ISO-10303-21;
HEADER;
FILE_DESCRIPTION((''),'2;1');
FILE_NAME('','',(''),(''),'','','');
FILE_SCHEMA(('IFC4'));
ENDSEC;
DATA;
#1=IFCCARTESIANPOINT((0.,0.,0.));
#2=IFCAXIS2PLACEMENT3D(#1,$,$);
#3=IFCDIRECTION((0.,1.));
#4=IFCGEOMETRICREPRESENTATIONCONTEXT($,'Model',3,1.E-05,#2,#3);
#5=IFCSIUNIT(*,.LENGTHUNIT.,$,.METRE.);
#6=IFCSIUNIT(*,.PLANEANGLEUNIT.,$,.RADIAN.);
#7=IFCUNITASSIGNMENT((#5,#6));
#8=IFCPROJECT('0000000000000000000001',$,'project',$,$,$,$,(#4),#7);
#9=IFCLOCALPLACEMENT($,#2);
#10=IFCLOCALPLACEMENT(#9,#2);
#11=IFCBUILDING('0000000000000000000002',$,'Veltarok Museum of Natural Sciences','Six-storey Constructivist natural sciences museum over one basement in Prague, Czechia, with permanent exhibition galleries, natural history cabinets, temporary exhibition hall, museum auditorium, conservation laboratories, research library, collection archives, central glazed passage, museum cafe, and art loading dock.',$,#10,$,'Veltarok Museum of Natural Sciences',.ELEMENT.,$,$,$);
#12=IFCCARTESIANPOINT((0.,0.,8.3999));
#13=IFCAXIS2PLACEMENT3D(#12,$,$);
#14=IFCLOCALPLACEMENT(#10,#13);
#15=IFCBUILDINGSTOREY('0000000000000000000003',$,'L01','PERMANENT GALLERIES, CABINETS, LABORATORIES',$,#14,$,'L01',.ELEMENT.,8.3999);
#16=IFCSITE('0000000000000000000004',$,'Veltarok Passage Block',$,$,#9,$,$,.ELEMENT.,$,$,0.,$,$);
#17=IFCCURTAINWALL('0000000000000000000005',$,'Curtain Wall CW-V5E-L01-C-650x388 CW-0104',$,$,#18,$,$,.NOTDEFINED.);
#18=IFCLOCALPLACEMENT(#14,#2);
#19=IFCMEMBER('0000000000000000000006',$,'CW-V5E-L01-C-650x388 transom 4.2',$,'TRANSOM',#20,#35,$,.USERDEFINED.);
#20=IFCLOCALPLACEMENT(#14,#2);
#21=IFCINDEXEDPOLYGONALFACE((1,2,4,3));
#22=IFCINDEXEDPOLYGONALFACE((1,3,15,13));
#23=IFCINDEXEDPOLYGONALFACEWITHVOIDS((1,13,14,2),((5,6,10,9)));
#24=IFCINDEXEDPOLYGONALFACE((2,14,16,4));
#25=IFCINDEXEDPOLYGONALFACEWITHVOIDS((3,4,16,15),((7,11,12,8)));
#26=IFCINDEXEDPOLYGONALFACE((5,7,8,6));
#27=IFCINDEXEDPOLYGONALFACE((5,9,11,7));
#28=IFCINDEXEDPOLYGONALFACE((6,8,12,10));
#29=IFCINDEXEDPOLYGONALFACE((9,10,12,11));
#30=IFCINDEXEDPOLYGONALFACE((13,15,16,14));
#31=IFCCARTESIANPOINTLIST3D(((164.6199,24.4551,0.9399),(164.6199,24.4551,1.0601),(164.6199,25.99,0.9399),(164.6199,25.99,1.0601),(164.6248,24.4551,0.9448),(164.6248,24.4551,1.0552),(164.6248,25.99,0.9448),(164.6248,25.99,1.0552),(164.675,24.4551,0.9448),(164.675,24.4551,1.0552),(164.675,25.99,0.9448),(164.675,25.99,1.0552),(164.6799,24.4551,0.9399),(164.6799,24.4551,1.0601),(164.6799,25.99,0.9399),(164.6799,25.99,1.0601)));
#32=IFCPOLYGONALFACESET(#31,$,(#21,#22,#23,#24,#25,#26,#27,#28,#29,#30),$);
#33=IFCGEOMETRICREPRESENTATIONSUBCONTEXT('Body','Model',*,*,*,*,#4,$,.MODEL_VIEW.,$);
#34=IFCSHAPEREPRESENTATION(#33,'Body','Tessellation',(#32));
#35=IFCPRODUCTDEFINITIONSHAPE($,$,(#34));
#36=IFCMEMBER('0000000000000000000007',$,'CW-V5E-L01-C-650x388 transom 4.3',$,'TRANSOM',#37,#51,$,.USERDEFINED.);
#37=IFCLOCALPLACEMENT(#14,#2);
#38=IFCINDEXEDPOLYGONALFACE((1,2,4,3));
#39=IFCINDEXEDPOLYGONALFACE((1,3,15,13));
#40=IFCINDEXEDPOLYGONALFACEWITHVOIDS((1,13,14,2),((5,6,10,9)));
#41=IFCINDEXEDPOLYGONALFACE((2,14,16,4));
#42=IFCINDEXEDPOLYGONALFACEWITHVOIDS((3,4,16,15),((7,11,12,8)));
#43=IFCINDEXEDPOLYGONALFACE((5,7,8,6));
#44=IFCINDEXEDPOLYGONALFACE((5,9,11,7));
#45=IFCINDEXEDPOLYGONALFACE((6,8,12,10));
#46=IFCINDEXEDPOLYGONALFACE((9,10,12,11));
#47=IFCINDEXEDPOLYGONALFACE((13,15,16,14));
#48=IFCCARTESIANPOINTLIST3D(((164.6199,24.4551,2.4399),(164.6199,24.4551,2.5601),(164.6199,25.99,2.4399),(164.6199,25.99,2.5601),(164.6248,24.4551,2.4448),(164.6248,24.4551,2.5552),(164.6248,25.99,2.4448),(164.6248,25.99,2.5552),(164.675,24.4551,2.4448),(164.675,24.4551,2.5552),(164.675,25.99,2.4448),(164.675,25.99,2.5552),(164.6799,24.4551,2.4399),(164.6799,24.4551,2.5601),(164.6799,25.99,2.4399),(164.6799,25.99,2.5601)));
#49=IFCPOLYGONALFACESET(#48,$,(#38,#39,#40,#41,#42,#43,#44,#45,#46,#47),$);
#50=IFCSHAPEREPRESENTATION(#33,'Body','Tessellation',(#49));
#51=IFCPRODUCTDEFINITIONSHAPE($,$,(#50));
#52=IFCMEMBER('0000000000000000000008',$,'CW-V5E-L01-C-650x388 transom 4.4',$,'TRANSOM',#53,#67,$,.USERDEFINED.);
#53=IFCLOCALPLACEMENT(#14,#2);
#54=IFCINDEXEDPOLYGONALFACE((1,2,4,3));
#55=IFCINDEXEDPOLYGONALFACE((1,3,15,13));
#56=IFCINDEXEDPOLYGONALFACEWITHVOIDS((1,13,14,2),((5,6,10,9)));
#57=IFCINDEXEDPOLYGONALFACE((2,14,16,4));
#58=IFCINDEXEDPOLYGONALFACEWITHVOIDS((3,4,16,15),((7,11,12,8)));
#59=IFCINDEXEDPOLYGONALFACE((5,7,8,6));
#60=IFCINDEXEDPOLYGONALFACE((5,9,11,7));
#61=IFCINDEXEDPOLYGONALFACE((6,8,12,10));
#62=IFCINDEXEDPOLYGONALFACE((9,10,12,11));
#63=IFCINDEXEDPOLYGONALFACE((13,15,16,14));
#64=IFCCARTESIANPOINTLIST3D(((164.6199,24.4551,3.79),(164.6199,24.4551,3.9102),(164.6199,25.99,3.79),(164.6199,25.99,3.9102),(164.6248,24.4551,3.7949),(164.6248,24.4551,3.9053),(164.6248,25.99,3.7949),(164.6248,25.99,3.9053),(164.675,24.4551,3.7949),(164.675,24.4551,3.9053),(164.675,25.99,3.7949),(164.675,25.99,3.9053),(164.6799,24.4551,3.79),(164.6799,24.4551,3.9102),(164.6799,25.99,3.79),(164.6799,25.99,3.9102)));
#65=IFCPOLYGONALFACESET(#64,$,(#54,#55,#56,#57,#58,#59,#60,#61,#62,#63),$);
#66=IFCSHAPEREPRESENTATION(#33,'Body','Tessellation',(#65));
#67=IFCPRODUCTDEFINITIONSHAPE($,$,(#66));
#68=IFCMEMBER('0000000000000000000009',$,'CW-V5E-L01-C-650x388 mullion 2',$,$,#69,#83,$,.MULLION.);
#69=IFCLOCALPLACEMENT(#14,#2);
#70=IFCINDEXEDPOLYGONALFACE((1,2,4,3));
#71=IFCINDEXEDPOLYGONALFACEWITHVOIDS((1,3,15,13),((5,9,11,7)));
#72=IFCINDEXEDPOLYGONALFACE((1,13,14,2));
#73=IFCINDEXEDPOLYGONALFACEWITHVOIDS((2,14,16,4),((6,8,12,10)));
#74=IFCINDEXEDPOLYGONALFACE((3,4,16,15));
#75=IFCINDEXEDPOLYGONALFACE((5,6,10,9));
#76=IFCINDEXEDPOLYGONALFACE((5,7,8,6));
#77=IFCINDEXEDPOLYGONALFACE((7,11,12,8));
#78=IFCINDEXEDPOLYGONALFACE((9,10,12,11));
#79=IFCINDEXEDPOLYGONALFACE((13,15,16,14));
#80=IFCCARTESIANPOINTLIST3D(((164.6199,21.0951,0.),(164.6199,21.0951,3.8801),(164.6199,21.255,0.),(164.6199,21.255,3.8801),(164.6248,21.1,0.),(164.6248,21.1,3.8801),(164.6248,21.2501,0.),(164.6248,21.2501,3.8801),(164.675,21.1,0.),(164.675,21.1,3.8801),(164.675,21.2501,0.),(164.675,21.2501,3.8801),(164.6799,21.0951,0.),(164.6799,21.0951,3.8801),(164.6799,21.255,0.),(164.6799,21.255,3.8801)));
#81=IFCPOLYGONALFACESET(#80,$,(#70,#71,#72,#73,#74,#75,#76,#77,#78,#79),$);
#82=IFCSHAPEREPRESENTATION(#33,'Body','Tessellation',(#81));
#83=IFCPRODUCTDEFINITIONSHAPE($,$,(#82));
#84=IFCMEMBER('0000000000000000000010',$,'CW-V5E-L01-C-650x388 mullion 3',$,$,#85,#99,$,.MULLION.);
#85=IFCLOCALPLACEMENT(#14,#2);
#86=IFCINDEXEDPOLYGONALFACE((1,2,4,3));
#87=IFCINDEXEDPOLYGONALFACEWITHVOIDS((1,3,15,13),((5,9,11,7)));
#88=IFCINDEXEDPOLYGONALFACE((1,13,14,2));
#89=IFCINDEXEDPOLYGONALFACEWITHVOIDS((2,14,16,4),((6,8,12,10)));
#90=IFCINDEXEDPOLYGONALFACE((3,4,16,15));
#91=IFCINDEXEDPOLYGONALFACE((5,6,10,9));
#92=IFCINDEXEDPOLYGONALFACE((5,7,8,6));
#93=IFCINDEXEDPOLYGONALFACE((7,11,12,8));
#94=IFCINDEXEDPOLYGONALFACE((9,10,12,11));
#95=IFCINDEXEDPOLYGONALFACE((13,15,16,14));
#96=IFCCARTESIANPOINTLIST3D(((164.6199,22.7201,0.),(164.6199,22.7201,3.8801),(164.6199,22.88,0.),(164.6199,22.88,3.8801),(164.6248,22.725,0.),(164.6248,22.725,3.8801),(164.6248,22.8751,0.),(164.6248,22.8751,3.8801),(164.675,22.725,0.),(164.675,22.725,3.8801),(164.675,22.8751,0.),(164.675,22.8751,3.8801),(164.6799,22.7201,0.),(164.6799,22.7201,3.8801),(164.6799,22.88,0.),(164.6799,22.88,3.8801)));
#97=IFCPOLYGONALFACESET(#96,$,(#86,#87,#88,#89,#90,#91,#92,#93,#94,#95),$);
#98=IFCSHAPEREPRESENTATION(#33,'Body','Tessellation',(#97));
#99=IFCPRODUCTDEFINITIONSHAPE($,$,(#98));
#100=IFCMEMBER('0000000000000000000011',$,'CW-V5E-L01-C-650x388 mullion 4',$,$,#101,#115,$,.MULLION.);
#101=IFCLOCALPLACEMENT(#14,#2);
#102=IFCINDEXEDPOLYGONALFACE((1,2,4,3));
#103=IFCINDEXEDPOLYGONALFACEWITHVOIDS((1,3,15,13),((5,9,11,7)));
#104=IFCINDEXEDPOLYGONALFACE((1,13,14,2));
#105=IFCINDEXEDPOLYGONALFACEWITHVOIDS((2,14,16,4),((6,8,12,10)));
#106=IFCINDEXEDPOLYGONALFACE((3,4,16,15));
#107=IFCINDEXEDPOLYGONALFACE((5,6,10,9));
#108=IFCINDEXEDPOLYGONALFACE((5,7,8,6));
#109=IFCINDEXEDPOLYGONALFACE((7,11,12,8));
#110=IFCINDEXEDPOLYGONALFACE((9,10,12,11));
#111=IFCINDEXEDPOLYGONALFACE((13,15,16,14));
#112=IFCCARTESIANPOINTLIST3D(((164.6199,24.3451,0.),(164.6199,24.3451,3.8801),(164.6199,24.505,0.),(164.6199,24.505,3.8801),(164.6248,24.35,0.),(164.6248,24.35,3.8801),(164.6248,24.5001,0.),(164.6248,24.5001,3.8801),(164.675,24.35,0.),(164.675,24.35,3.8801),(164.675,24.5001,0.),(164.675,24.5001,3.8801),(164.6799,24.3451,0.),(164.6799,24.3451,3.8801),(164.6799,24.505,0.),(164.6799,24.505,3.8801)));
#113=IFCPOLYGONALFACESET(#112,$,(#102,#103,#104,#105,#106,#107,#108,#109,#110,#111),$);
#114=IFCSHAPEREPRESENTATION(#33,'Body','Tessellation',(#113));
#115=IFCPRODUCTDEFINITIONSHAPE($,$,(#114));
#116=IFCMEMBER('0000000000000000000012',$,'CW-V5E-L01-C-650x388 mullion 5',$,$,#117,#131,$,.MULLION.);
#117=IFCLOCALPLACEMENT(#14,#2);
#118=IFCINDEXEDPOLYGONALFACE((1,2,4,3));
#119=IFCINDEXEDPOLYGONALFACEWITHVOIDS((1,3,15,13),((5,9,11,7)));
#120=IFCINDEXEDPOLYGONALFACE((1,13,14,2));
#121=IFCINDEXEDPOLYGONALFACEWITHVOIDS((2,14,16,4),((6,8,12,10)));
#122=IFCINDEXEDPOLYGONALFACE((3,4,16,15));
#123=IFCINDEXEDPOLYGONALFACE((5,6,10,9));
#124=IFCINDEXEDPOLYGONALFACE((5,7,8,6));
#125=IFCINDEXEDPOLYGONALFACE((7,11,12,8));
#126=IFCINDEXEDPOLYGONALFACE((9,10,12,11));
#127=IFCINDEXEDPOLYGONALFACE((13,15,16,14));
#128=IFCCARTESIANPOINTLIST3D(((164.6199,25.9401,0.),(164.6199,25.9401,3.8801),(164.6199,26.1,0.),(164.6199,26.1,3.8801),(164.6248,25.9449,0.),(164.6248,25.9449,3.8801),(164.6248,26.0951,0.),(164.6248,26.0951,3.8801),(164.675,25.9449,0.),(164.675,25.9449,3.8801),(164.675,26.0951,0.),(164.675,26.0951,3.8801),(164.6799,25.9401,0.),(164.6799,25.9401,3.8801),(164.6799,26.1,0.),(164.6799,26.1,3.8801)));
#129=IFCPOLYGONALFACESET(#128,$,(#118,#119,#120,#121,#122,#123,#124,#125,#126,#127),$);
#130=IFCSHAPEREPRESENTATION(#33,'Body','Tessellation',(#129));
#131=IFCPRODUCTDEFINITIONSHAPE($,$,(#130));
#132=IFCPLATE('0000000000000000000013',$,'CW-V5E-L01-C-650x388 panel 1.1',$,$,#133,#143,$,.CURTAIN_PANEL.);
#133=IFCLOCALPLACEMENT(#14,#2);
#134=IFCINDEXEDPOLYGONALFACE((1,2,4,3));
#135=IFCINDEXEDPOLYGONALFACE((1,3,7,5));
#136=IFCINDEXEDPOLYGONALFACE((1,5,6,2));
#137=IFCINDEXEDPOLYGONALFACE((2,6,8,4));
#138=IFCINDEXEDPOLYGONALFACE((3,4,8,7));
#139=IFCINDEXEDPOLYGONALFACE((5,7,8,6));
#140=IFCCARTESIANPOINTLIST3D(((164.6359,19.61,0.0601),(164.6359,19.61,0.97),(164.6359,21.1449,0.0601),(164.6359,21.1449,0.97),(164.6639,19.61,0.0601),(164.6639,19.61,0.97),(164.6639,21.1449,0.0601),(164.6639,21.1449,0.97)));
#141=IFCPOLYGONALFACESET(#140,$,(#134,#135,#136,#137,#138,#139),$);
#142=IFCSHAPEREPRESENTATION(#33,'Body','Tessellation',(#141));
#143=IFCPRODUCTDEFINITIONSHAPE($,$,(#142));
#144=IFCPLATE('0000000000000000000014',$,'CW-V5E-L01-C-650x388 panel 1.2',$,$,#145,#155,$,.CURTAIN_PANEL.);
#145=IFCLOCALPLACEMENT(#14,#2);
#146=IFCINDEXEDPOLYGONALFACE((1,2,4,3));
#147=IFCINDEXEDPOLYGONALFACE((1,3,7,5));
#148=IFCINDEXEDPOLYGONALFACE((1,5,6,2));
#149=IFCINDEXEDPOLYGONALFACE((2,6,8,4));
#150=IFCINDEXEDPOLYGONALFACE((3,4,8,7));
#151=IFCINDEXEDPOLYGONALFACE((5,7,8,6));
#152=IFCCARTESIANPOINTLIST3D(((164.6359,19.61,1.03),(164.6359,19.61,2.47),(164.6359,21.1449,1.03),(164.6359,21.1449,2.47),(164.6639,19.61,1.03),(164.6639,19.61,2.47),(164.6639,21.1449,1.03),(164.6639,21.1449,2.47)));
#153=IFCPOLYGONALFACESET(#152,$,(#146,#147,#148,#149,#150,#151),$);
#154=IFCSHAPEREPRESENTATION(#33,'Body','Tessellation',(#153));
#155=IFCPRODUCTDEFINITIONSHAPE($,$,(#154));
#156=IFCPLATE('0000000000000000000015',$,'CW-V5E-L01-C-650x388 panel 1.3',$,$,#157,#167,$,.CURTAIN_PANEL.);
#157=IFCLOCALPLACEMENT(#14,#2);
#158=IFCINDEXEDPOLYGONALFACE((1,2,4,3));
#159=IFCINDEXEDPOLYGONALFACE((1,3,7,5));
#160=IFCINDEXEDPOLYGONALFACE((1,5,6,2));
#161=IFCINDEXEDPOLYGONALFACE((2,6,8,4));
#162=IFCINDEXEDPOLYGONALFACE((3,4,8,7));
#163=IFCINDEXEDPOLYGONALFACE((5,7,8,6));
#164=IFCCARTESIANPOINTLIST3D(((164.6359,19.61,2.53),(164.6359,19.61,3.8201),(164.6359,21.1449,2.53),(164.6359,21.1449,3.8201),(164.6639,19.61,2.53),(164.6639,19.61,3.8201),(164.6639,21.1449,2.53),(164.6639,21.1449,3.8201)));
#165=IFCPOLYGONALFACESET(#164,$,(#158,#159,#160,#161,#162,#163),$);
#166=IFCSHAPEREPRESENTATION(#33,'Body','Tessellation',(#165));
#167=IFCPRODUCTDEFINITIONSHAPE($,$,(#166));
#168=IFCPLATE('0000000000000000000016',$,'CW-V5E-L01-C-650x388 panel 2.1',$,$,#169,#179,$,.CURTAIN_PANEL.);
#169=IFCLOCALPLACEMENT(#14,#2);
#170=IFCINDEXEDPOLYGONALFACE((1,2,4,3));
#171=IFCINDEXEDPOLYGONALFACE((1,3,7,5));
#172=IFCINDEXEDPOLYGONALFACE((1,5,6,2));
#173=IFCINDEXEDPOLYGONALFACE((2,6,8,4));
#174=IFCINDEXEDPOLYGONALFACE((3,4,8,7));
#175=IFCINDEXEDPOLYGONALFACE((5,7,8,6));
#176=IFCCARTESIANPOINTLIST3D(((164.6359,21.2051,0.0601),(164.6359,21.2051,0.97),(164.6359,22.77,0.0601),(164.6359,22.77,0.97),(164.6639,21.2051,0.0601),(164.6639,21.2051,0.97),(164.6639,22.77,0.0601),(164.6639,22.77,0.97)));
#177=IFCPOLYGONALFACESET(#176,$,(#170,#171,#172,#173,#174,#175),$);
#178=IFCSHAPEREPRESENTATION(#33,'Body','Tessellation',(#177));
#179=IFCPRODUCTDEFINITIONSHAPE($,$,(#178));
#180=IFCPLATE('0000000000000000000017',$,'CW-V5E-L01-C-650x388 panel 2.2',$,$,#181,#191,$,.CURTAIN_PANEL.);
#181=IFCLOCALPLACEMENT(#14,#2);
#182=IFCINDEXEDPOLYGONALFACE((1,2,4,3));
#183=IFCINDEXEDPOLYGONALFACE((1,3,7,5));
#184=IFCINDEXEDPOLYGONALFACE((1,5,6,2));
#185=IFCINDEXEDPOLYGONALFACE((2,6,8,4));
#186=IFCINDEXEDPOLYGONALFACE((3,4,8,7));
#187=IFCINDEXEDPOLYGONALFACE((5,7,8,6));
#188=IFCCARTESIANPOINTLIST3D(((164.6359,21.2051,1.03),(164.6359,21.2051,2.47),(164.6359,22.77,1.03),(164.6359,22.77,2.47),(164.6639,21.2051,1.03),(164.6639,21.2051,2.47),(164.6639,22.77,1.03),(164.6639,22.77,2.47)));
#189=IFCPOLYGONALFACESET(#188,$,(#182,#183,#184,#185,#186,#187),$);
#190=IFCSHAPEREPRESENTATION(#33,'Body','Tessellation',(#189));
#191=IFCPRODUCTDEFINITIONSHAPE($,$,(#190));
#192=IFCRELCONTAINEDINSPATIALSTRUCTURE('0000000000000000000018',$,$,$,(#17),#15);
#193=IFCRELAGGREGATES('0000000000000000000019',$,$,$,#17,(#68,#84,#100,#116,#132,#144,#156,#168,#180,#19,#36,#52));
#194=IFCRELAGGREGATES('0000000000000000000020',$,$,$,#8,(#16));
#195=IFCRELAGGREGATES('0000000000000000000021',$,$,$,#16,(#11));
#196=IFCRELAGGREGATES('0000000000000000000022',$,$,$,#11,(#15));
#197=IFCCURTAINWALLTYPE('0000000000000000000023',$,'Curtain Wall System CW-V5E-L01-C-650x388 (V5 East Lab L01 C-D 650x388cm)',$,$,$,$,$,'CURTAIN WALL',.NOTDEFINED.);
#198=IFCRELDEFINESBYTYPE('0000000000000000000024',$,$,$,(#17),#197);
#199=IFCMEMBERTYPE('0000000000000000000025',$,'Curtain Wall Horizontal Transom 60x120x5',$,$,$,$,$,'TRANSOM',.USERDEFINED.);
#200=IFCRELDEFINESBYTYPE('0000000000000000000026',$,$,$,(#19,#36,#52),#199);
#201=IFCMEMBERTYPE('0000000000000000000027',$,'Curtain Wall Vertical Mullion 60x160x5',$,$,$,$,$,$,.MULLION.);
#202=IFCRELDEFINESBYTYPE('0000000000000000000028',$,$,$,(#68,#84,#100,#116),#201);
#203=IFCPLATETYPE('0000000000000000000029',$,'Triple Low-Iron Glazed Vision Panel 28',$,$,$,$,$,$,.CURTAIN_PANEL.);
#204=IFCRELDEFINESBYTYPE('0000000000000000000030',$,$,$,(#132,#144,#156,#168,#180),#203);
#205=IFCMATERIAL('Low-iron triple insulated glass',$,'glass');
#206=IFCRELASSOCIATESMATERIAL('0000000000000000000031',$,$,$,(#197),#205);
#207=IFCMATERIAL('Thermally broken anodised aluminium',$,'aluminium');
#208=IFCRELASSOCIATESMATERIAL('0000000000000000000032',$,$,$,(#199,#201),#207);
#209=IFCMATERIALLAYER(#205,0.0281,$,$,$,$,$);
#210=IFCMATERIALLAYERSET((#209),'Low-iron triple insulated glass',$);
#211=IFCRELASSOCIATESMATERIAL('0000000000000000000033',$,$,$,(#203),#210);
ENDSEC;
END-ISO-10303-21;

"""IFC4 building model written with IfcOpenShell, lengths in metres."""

from ifc_helpers import new_model, si_unit, direction, frame, origin, origin_2d, place, context, subcontext, project, spatial, rectangle, hollow_rectangle, extrude, material, layer, layer_set, material_profile, profile_set, type_object, element, aggregate, save


model = new_model("IFC4")

# Units and contexts
model_context = context("Model", 3, precision=1e-05, world=origin(), true_north=direction((0.0, 1.0)))
body_context = subcontext(model_context, "Body", "Model", "MODEL_VIEW")
ifc_project = project(units=[si_unit("LENGTHUNIT", "METRE"), si_unit("PLANEANGLEUNIT", "RADIAN")], contexts=[model_context])

# Site, building, storey
site_placement = place(None, origin())
site = spatial("IfcSite", under=ifc_project, at=site_placement, Name="Veltarok Passage Block", CompositionType="ELEMENT", RefElevation=0.0)
building_placement = place(site_placement, origin())
building = spatial("IfcBuilding", under=site, at=building_placement, Name="Veltarok Museum of Natural Sciences", Description="Six-storey Constructivist natural sciences museum over one basement in Prague, Czechia, with permanent exhibition galleries, natural history cabinets, temporary exhibition hall, museum auditorium, conservation laboratories, research library, collection archives, central glazed passage, museum cafe, and art loading dock.", LongName="Veltarok Museum of Natural Sciences", CompositionType="ELEMENT")
storey_placement = place(building_placement, frame((0.0, 0.0, 8.3999)))
storey = spatial("IfcBuildingStorey", under=building, at=storey_placement, Name="L01", Description="PERMANENT GALLERIES, CABINETS, LABORATORIES", LongName="L01", CompositionType="ELEMENT", Elevation=8.3999)

# Curtain wall, members, plates
ifc_material_1 = material(Name="Low-iron triple insulated glass", Category="glass")
curtain_wall_type = type_object("IfcCurtainWallType", Name="Curtain Wall System CW-V5E-L01-C-650x388 (V5 East Lab L01 C-D 650x388cm)", ElementType="CURTAIN WALL", PredefinedType="NOTDEFINED", material=ifc_material_1)
curtain_wall_placement = place(storey_placement, origin())
curtain_wall = element("IfcCurtainWall", 1, at=curtain_wall_placement, inside=storey, type_object=curtain_wall_type, Name="Curtain Wall CW-V5E-L01-C-650x388 CW-0104", PredefinedType="NOTDEFINED")
ifc_material_2 = material(Name="Thermally broken anodised aluminium", Category="aluminium")
ifc_material_profile_1 = material_profile(ifc_material_2, hollow_rectangle(XDim=0.0601, YDim=0.1201, WallThickness=0.0049, at=origin_2d()), Name="CW TRANSOM 60x120x5")
ifc_profile_set_1 = profile_set([ifc_material_profile_1], Name="Thermally broken anodised aluminium")
member_type_1 = type_object("IfcMemberType", Name="Curtain Wall Horizontal Transom 60x120x5", ElementType="TRANSOM", PredefinedType="USERDEFINED", material=ifc_profile_set_1)
member_1_placement = place(storey_placement, frame((164.6499, 24.4551, 1.0), z_axis=(0.0, 1.0, 0.0), x_axis=(-1.0, 0.0, 0.0)))
member_1 = element("IfcMember", 2, at=member_1_placement, type_object=member_type_1, Name="CW-V5E-L01-C-650x388 transom 4.2", ObjectType="TRANSOM", PredefinedType="USERDEFINED", context=body_context, shape_type="SweptSolid", body=[
    extrude(hollow_rectangle(XDim=0.0601, YDim=0.1201, WallThickness=0.0049, at=origin_2d()), origin(), (0.0, 0.0, 1.0), 1.5349),
])
member_2_placement = place(storey_placement, frame((164.6499, 24.4551, 2.5), z_axis=(0.0, 1.0, 0.0), x_axis=(-1.0, 0.0, 0.0)))
member_2 = element("IfcMember", 3, at=member_2_placement, type_object=member_type_1, Name="CW-V5E-L01-C-650x388 transom 4.3", ObjectType="TRANSOM", PredefinedType="USERDEFINED", context=body_context, shape_type="SweptSolid", body=[
    extrude(hollow_rectangle(XDim=0.0601, YDim=0.1201, WallThickness=0.0049, at=origin_2d()), origin(), (0.0, 0.0, 1.0), 1.5349),
])
member_3_placement = place(storey_placement, frame((164.6499, 24.4551, 3.8501), z_axis=(0.0, 1.0, 0.0), x_axis=(-1.0, 0.0, 0.0)))
member_3 = element("IfcMember", 4, at=member_3_placement, type_object=member_type_1, Name="CW-V5E-L01-C-650x388 transom 4.4", ObjectType="TRANSOM", PredefinedType="USERDEFINED", context=body_context, shape_type="SweptSolid", body=[
    extrude(hollow_rectangle(XDim=0.0601, YDim=0.1201, WallThickness=0.0049, at=origin_2d()), origin(), (0.0, 0.0, 1.0), 1.5349),
])
ifc_material_profile_2 = material_profile(ifc_material_2, hollow_rectangle(XDim=0.0601, YDim=0.1599, WallThickness=0.0049, at=origin_2d()), Name="CW MULLION 60x160x5")
ifc_profile_set_2 = profile_set([ifc_material_profile_2], Name="Thermally broken anodised aluminium")
member_type_2 = type_object("IfcMemberType", Name="Curtain Wall Vertical Mullion 60x160x5", PredefinedType="MULLION", material=ifc_profile_set_2)
member_4_placement = place(storey_placement, frame((164.6499, 21.175, 0.0), z_axis=(0.0, 0.0, 1.0), x_axis=(-1.0, 0.0, 0.0)))
member_4 = element("IfcMember", 5, at=member_4_placement, type_object=member_type_2, Name="CW-V5E-L01-C-650x388 mullion 2", PredefinedType="MULLION", context=body_context, shape_type="SweptSolid", body=[
    extrude(hollow_rectangle(XDim=0.0601, YDim=0.1599, WallThickness=0.0049, at=origin_2d()), origin(), (0.0, 0.0, 1.0), 3.8801),
])
member_5_placement = place(storey_placement, frame((164.6499, 22.8, 0.0), z_axis=(0.0, 0.0, 1.0), x_axis=(-1.0, 0.0, 0.0)))
member_5 = element("IfcMember", 6, at=member_5_placement, type_object=member_type_2, Name="CW-V5E-L01-C-650x388 mullion 3", PredefinedType="MULLION", context=body_context, shape_type="SweptSolid", body=[
    extrude(hollow_rectangle(XDim=0.0601, YDim=0.1599, WallThickness=0.0049, at=origin_2d()), origin(), (0.0, 0.0, 1.0), 3.8801),
])
member_6_placement = place(storey_placement, frame((164.6499, 24.425, 0.0), z_axis=(0.0, 0.0, 1.0), x_axis=(-1.0, 0.0, 0.0)))
member_6 = element("IfcMember", 7, at=member_6_placement, type_object=member_type_2, Name="CW-V5E-L01-C-650x388 mullion 4", PredefinedType="MULLION", context=body_context, shape_type="SweptSolid", body=[
    extrude(hollow_rectangle(XDim=0.0601, YDim=0.1599, WallThickness=0.0049, at=origin_2d()), origin(), (0.0, 0.0, 1.0), 3.8801),
])
member_7_placement = place(storey_placement, frame((164.6499, 26.02, 0.0), z_axis=(0.0, 0.0, 1.0), x_axis=(-1.0, 0.0, 0.0)))
member_7 = element("IfcMember", 8, at=member_7_placement, type_object=member_type_2, Name="CW-V5E-L01-C-650x388 mullion 5", PredefinedType="MULLION", context=body_context, shape_type="SweptSolid", body=[
    extrude(hollow_rectangle(XDim=0.0601, YDim=0.1599, WallThickness=0.0049, at=origin_2d()), origin(), (0.0, 0.0, 1.0), 3.8801),
])
ifc_layer = layer(ifc_material_1, 0.0281)
ifc_layer_set = layer_set([ifc_layer], Name="Low-iron triple insulated glass")
plate_type = type_object("IfcPlateType", Name="Triple Low-Iron Glazed Vision Panel 28", PredefinedType="CURTAIN_PANEL", material=ifc_layer_set)
plate_1_placement = place(storey_placement, frame((164.6499, 20.3774, 0.0601), z_axis=(0.0, 0.0, 1.0), x_axis=(0.0, 1.0, 0.0)))
plate_1 = element("IfcPlate", 9, at=plate_1_placement, type_object=plate_type, Name="CW-V5E-L01-C-650x388 panel 1.1", PredefinedType="CURTAIN_PANEL", context=body_context, shape_type="SweptSolid", body=[
    extrude(rectangle(XDim=1.5349, YDim=0.0281, at=origin_2d()), origin(), (0.0, 0.0, 1.0), 0.9099),
])
plate_2_placement = place(storey_placement, frame((164.6499, 20.3774, 1.03), z_axis=(0.0, 0.0, 1.0), x_axis=(0.0, 1.0, 0.0)))
plate_2 = element("IfcPlate", 10, at=plate_2_placement, type_object=plate_type, Name="CW-V5E-L01-C-650x388 panel 1.2", PredefinedType="CURTAIN_PANEL", context=body_context, shape_type="SweptSolid", body=[
    extrude(rectangle(XDim=1.5349, YDim=0.0281, at=origin_2d()), origin(), (0.0, 0.0, 1.0), 1.4399),
])
plate_3_placement = place(storey_placement, frame((164.6499, 20.3774, 2.53), z_axis=(0.0, 0.0, 1.0), x_axis=(0.0, 1.0, 0.0)))
plate_3 = element("IfcPlate", 11, at=plate_3_placement, type_object=plate_type, Name="CW-V5E-L01-C-650x388 panel 1.3", PredefinedType="CURTAIN_PANEL", context=body_context, shape_type="SweptSolid", body=[
    extrude(rectangle(XDim=1.5349, YDim=0.0281, at=origin_2d()), origin(), (0.0, 0.0, 1.0), 1.29),
])
plate_4_placement = place(storey_placement, frame((164.6499, 21.9875, 0.0601), z_axis=(0.0, 0.0, 1.0), x_axis=(0.0, 1.0, 0.0)))
plate_4 = element("IfcPlate", 12, at=plate_4_placement, type_object=plate_type, Name="CW-V5E-L01-C-650x388 panel 2.1", PredefinedType="CURTAIN_PANEL", context=body_context, shape_type="SweptSolid", body=[
    extrude(rectangle(XDim=1.5649, YDim=0.0281, at=origin_2d()), origin(), (0.0, 0.0, 1.0), 0.9099),
])
plate_5_placement = place(storey_placement, frame((164.6499, 21.9875, 1.03), z_axis=(0.0, 0.0, 1.0), x_axis=(0.0, 1.0, 0.0)))
plate_5 = element("IfcPlate", 13, at=plate_5_placement, type_object=plate_type, Name="CW-V5E-L01-C-650x388 panel 2.2", PredefinedType="CURTAIN_PANEL", context=body_context, shape_type="SweptSolid", body=[
    extrude(rectangle(XDim=1.5649, YDim=0.0281, at=origin_2d()), origin(), (0.0, 0.0, 1.0), 1.4399),
])
aggregate(curtain_wall, [member_4, member_5, member_6, member_7, plate_1, plate_2, plate_3, plate_4, plate_5, member_1, member_2, member_3])

save(model, "model.ifc")
